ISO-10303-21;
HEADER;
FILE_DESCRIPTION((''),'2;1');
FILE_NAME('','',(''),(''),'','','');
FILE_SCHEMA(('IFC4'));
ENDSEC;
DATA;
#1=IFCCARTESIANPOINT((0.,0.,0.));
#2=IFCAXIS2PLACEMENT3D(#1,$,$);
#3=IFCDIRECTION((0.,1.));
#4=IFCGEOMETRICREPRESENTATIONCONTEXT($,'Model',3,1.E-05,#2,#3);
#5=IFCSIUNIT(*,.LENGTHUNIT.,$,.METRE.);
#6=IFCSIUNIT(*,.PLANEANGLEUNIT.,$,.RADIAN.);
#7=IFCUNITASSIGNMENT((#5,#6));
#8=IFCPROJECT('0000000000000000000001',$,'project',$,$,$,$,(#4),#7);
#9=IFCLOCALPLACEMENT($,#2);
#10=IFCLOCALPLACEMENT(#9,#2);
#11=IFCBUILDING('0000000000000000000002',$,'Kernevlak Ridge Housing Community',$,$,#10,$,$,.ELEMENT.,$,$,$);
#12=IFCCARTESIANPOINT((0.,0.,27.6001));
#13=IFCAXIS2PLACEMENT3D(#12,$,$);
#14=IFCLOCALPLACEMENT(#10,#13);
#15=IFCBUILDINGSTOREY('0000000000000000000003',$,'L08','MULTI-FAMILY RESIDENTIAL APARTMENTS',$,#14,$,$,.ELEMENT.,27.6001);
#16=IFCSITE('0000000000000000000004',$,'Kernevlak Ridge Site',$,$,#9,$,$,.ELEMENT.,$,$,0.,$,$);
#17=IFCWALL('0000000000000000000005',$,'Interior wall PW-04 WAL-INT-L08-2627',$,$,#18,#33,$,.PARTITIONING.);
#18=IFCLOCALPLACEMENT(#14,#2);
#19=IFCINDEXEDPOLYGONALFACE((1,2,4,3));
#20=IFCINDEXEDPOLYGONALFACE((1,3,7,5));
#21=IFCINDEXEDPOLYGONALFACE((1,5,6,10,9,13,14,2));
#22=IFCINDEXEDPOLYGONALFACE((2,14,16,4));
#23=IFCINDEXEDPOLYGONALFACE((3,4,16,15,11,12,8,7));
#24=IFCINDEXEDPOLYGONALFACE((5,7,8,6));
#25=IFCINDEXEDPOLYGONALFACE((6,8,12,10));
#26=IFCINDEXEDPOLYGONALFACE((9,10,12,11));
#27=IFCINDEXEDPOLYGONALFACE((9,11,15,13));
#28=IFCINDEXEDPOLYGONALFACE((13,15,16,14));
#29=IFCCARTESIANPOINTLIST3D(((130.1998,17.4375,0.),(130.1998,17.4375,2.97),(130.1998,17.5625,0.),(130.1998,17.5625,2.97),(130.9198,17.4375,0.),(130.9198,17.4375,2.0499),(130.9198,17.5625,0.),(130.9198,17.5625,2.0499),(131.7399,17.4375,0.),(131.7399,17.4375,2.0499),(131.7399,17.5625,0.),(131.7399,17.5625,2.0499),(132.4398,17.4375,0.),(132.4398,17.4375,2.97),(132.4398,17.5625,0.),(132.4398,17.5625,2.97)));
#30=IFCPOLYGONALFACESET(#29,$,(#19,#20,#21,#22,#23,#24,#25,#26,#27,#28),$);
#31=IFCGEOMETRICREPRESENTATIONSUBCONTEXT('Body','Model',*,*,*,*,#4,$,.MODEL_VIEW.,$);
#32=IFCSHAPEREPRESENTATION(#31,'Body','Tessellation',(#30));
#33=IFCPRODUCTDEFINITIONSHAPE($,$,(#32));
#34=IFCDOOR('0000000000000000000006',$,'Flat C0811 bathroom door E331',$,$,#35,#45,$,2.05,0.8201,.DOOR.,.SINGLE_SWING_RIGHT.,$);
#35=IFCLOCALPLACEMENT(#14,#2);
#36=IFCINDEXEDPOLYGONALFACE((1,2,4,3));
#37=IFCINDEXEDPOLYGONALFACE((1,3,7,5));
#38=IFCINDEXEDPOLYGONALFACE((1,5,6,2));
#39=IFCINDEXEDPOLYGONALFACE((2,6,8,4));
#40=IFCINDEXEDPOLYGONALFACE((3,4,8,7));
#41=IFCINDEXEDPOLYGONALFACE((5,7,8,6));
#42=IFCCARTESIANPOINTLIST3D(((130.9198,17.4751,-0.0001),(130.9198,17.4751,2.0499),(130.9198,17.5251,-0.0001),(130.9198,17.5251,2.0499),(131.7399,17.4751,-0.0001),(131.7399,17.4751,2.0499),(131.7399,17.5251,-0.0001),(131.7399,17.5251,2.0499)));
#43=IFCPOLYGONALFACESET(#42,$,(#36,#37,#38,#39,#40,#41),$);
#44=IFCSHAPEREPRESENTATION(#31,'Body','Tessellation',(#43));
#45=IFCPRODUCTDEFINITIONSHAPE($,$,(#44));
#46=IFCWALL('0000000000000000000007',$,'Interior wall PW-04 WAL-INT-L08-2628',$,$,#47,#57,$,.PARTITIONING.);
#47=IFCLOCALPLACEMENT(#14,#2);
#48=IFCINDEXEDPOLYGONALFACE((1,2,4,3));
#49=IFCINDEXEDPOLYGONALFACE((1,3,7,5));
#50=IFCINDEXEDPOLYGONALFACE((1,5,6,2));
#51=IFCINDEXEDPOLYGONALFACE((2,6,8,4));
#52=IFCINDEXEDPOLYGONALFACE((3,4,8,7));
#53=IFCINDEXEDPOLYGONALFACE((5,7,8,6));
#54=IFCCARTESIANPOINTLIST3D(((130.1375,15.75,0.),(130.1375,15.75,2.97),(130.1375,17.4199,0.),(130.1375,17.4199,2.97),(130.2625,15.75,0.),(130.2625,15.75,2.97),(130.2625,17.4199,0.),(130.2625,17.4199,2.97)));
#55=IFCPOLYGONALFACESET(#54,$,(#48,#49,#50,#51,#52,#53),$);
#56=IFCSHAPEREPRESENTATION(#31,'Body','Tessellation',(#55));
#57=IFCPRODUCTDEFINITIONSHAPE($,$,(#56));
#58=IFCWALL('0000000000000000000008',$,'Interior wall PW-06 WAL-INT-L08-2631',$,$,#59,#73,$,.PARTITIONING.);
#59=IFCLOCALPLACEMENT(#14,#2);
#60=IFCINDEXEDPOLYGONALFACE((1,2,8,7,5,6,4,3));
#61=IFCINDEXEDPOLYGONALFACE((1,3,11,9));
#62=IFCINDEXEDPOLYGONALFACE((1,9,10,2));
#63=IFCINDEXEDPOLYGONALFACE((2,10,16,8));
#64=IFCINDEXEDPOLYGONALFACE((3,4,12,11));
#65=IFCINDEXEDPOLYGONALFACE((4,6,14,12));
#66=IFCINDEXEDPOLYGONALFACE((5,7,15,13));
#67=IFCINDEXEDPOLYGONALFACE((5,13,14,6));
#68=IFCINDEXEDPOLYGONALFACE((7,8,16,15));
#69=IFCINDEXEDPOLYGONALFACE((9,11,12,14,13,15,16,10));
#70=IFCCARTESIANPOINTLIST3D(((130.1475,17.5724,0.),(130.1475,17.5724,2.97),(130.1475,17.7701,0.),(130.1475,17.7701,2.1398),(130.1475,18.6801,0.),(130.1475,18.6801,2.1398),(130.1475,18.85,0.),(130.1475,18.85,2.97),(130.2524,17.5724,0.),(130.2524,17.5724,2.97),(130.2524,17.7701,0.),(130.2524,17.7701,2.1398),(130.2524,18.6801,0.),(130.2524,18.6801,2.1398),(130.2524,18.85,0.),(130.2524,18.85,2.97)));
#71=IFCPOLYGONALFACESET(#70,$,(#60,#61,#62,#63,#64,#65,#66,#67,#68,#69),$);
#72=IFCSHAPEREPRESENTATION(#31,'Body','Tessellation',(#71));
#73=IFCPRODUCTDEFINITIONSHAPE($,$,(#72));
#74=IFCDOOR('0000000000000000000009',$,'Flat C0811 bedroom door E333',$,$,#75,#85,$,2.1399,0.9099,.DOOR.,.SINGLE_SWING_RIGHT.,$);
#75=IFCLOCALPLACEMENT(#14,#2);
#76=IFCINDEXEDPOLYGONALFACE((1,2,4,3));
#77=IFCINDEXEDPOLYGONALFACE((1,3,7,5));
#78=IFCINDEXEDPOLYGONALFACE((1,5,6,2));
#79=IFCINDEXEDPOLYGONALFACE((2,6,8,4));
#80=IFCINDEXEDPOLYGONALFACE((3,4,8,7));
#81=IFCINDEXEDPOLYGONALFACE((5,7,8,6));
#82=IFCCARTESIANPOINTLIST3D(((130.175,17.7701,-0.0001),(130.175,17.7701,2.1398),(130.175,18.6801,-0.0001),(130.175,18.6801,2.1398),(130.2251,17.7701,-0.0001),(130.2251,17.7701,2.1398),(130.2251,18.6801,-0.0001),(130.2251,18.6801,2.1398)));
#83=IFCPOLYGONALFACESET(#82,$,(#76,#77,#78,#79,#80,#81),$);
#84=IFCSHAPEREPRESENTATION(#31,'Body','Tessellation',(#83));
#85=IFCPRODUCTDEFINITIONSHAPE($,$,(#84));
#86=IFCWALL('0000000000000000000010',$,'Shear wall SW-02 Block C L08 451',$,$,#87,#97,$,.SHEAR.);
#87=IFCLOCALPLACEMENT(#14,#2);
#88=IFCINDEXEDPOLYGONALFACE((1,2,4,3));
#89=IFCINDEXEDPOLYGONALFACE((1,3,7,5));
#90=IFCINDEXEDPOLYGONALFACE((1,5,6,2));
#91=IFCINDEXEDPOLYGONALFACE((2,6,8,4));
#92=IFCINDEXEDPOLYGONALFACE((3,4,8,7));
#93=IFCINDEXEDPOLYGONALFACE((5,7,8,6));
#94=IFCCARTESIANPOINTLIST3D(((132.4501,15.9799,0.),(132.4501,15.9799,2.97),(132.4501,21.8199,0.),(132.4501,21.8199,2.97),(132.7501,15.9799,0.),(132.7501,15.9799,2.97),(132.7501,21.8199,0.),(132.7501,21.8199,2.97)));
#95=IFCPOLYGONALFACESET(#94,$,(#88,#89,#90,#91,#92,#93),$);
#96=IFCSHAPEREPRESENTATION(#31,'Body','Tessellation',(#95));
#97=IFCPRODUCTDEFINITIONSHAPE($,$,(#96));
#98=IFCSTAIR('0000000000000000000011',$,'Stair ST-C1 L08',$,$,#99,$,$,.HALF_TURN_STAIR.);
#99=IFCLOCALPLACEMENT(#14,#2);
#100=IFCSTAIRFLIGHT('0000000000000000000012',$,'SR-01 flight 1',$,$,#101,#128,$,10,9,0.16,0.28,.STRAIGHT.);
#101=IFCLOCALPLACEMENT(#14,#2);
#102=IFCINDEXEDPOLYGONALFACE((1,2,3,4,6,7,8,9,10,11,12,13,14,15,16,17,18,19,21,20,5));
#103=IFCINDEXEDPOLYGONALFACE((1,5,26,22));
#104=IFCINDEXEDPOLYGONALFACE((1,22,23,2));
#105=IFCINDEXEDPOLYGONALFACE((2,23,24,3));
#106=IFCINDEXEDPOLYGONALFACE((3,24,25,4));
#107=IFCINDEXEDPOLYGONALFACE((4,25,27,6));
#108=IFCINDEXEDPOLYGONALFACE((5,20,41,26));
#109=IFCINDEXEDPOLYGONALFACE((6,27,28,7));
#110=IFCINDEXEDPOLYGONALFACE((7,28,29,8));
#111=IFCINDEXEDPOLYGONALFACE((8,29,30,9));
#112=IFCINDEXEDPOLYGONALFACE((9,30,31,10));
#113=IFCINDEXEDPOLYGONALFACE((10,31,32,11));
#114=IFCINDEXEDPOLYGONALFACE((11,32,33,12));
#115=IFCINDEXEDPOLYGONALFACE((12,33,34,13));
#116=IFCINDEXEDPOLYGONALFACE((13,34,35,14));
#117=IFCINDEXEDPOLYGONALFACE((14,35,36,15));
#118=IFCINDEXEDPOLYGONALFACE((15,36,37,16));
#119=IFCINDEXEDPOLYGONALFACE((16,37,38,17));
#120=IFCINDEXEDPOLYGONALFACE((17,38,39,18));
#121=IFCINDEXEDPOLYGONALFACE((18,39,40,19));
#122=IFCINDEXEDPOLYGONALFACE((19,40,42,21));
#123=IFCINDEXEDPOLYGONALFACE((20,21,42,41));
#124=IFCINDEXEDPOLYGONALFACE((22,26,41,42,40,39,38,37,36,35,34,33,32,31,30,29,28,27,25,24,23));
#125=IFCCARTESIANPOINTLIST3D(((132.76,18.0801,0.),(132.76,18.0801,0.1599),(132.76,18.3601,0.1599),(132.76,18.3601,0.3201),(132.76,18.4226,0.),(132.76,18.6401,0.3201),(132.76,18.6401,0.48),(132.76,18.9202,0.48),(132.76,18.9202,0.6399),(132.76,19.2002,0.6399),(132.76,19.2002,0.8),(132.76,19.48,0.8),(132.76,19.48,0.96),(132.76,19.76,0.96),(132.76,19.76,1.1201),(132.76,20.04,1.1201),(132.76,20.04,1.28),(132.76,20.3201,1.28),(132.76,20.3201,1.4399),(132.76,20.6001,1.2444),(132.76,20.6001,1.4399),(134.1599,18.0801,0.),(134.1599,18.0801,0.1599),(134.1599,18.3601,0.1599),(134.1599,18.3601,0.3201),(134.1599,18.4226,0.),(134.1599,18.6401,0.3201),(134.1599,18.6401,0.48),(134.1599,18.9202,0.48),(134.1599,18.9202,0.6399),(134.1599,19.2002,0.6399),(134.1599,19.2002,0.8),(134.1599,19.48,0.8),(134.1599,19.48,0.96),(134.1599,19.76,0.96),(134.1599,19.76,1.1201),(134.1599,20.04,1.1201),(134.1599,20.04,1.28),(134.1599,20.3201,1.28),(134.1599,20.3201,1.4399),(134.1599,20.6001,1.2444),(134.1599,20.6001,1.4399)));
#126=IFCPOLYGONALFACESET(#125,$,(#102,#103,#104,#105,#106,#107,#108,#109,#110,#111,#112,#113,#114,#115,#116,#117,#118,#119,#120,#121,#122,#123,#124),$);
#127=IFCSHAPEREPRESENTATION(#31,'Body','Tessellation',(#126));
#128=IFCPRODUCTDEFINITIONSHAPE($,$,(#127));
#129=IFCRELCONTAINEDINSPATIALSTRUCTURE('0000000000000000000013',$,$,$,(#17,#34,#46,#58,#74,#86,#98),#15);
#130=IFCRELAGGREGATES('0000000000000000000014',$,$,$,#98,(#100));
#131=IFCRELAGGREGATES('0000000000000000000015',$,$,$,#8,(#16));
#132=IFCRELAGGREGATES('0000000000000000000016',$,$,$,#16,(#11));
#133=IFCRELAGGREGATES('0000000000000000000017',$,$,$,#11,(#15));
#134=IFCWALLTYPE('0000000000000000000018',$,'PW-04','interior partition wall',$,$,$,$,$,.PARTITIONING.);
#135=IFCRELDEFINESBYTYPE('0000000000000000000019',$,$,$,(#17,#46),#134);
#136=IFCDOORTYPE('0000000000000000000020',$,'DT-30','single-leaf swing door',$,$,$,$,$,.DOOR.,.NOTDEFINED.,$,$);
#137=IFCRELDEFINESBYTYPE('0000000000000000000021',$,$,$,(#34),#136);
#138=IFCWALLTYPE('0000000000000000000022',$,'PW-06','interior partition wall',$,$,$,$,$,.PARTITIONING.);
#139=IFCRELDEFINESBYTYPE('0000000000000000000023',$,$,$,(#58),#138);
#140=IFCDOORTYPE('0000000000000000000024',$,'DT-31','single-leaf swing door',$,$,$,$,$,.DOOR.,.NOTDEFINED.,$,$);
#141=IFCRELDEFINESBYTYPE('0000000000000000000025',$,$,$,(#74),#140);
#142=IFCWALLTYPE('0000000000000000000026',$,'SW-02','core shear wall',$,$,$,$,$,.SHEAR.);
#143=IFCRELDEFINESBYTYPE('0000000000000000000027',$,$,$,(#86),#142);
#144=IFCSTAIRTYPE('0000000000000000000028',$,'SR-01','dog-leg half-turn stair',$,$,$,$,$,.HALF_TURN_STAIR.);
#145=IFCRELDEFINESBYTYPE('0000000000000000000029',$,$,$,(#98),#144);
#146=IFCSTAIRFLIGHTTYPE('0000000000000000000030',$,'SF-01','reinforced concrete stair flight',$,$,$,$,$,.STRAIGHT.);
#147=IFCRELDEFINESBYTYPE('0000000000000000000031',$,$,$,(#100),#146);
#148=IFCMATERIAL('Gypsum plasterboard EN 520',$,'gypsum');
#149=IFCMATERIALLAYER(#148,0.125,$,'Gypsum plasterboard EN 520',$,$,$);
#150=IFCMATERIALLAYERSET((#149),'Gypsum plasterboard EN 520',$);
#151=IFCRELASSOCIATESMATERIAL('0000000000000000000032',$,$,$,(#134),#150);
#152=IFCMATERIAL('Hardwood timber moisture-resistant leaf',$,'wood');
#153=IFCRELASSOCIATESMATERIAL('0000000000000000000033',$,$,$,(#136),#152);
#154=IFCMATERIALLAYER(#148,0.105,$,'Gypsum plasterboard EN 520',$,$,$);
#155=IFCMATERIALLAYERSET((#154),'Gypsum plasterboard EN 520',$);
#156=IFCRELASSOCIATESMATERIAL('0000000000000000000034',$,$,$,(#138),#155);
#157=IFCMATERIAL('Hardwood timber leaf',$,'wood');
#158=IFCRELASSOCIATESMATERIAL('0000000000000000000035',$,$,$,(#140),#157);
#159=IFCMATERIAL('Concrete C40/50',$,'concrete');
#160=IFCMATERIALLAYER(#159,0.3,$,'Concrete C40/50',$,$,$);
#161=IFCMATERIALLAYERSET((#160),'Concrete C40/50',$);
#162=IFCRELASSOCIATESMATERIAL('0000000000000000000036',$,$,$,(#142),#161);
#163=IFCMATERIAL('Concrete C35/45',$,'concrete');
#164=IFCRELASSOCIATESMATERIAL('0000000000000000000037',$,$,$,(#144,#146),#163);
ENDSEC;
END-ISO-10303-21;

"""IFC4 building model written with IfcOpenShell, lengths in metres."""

from ifc_helpers import new_model, si_unit, direction, frame, frame_2d, origin, place, context, subcontext, project, spatial, polyline, rectangle, outline, extrude, material, layer, layer_set, type_object, element, fill, aggregate, save


model = new_model("IFC4")

# Units and contexts
model_context = context("Model", 3, precision=1e-05, world=origin(), true_north=direction((0.0, 1.0)))
body_context = subcontext(model_context, "Body", "Model", "MODEL_VIEW")
ifc_project = project(units=[si_unit("LENGTHUNIT", "METRE"), si_unit("PLANEANGLEUNIT", "RADIAN")], contexts=[model_context])

# Site, building, storey
site_placement = place(None, origin())
site = spatial("IfcSite", under=ifc_project, at=site_placement, Name="Kernevlak Ridge Site", CompositionType="ELEMENT", RefElevation=0.0)
building_placement = place(site_placement, origin())
building = spatial("IfcBuilding", under=site, at=building_placement, Name="Kernevlak Ridge Housing Community", CompositionType="ELEMENT")
storey_placement = place(building_placement, frame((0.0, 0.0, 27.6001)))
storey = spatial("IfcBuildingStorey", under=building, at=storey_placement, Name="L08", Description="MULTI-FAMILY RESIDENTIAL APARTMENTS", CompositionType="ELEMENT", Elevation=27.6001)

# Shared definitions
ifc_material_1 = material(Name="Concrete C35/45", Category="concrete")

# Wall, opening, door
ifc_material_2 = material(Name="Gypsum plasterboard EN 520", Category="gypsum")
ifc_layer_1 = layer(ifc_material_2, 0.125, Name="Gypsum plasterboard EN 520")
ifc_layer_set_1 = layer_set([ifc_layer_1], Name="Gypsum plasterboard EN 520")
wall_type_1 = type_object("IfcWallType", Name="PW-04", Description="interior partition wall", PredefinedType="PARTITIONING", material=ifc_layer_set_1)
wall_1_placement = place(storey_placement, frame((132.4399, 17.5, 0.0), z_axis=(0.0, 0.0, 1.0), x_axis=(-1.0, 0.0, 0.0)))
wall_1 = element("IfcWall", 1, at=wall_1_placement, inside=storey, type_object=wall_type_1, Name="Interior wall PW-04 WAL-INT-L08-2627", PredefinedType="PARTITIONING", context=body_context, shape_type="SweptSolid", body=[
    extrude(rectangle(XDim=2.24, YDim=0.125, at=frame_2d((1.1201, 0.0))), origin(), (0.0, 0.0, 1.0), 2.97),
])
opening_1_placement = place(wall_1_placement, frame((0.7, 0.0, 0.0)))
opening_1 = element("IfcOpeningElement", 2, at=opening_1_placement, cuts=wall_1, PredefinedType="OPENING", context=body_context, shape_type="SweptSolid", body=[
    extrude(rectangle(XDim=0.8201, YDim=2.05, at=frame_2d((0.4102, 1.0249))), frame((0.0, 0.0725, 0.0), z_axis=(0.0, -1.0, 0.0), x_axis=(1.0, 0.0, 0.0)), (0.0, 0.0, 1.0), 0.145),
])
ifc_material_3 = material(Name="Hardwood timber moisture-resistant leaf", Category="wood")
door_type_1 = type_object("IfcDoorType", Name="DT-30", Description="single-leaf swing door", OperationType="NOTDEFINED", PredefinedType="DOOR", material=ifc_material_3)
door_1_placement = place(opening_1_placement, origin())
door_1 = element("IfcDoor", 3, at=door_1_placement, inside=storey, type_object=door_type_1, Name="Flat C0811 bathroom door E331", OperationType="SINGLE_SWING_RIGHT", OverallHeight=2.05, OverallWidth=0.8201, PredefinedType="DOOR", context=body_context, shape_type="SweptSolid", body=[
    extrude(rectangle(XDim=0.8201, YDim=2.05, at=frame_2d((0.4102, 1.0249))), frame((0.0, 0.0249, 0.0), z_axis=(0.0, -1.0, 0.0), x_axis=(1.0, 0.0, 0.0)), (0.0, 0.0, 1.0), 0.05),
])
fill(opening_1, door_1)

# Wall
wall_2_placement = place(storey_placement, frame((130.2, 15.75, 0.0), z_axis=(0.0, 0.0, 1.0), x_axis=(0.0, 1.0, 0.0)))
element("IfcWall", 4, at=wall_2_placement, inside=storey, type_object=wall_type_1, Name="Interior wall PW-04 WAL-INT-L08-2628", PredefinedType="PARTITIONING", context=body_context, shape_type="SweptSolid", body=[
    extrude(rectangle(XDim=1.6699, YDim=0.125, at=frame_2d((0.835, 0.0))), origin(), (0.0, 0.0, 1.0), 2.97),
])

# Wall, opening, door
ifc_layer_2 = layer(ifc_material_2, 0.105, Name="Gypsum plasterboard EN 520")
ifc_layer_set_2 = layer_set([ifc_layer_2], Name="Gypsum plasterboard EN 520")
wall_type_2 = type_object("IfcWallType", Name="PW-06", Description="interior partition wall", PredefinedType="PARTITIONING", material=ifc_layer_set_2)
wall_3_placement = place(storey_placement, frame((130.2, 17.5725, 0.0), z_axis=(0.0, 0.0, 1.0), x_axis=(0.0, 1.0, 0.0)))
wall_3 = element("IfcWall", 5, at=wall_3_placement, inside=storey, type_object=wall_type_2, Name="Interior wall PW-06 WAL-INT-L08-2631", PredefinedType="PARTITIONING", context=body_context, shape_type="SweptSolid", body=[
    extrude(rectangle(XDim=1.2776, YDim=0.105, at=frame_2d((0.6387, 0.0))), origin(), (0.0, 0.0, 1.0), 2.97),
])
opening_2_placement = place(wall_3_placement, frame((0.1975, 0.0, 0.0)))
opening_2 = element("IfcOpeningElement", 6, at=opening_2_placement, cuts=wall_3, PredefinedType="OPENING", context=body_context, shape_type="SweptSolid", body=[
    extrude(rectangle(XDim=0.9099, YDim=2.1399, at=frame_2d((0.4551, 1.0698))), frame((0.0, 0.0625, 0.0), z_axis=(0.0, -1.0, 0.0), x_axis=(1.0, 0.0, 0.0)), (0.0, 0.0, 1.0), 0.125),
])
ifc_material_4 = material(Name="Hardwood timber leaf", Category="wood")
door_type_2 = type_object("IfcDoorType", Name="DT-31", Description="single-leaf swing door", OperationType="NOTDEFINED", PredefinedType="DOOR", material=ifc_material_4)
door_2_placement = place(opening_2_placement, origin())
door_2 = element("IfcDoor", 7, at=door_2_placement, inside=storey, type_object=door_type_2, Name="Flat C0811 bedroom door E333", OperationType="SINGLE_SWING_RIGHT", OverallHeight=2.1399, OverallWidth=0.9099, PredefinedType="DOOR", context=body_context, shape_type="SweptSolid", body=[
    extrude(rectangle(XDim=0.9099, YDim=2.1399, at=frame_2d((0.4551, 1.0698))), frame((0.0, 0.0249, 0.0), z_axis=(0.0, -1.0, 0.0), x_axis=(1.0, 0.0, 0.0)), (0.0, 0.0, 1.0), 0.05),
])
fill(opening_2, door_2)

# Wall
ifc_material_5 = material(Name="Concrete C40/50", Category="concrete")
ifc_layer_3 = layer(ifc_material_5, 0.3, Name="Concrete C40/50")
ifc_layer_set_3 = layer_set([ifc_layer_3], Name="Concrete C40/50")
wall_type_3 = type_object("IfcWallType", Name="SW-02", Description="core shear wall", PredefinedType="SHEAR", material=ifc_layer_set_3)
wall_4_placement = place(storey_placement, frame((132.6001, 15.98, 0.0), z_axis=(0.0, 0.0, 1.0), x_axis=(0.0, 1.0, 0.0)))
element("IfcWall", 8, at=wall_4_placement, inside=storey, type_object=wall_type_3, Name="Shear wall SW-02 Block C L08 451", PredefinedType="SHEAR", context=body_context, shape_type="SweptSolid", body=[
    extrude(rectangle(XDim=5.8401, YDim=0.3, at=frame_2d((2.9199, 0.0))), origin(), (0.0, 0.0, 1.0), 2.97),
])

# Stair, stair flight
stair_type = type_object("IfcStairType", Name="SR-01", Description="dog-leg half-turn stair", PredefinedType="HALF_TURN_STAIR", material=ifc_material_1)
stair_placement = place(storey_placement, origin())
stair = element("IfcStair", 9, at=stair_placement, inside=storey, type_object=stair_type, Name="Stair ST-C1 L08", PredefinedType="HALF_TURN_STAIR")
stair_flight_type = type_object("IfcStairFlightType", Name="SF-01", Description="reinforced concrete stair flight", PredefinedType="STRAIGHT", material=ifc_material_1)
stair_flight_placement = place(storey_placement, frame((133.46, 18.0801, 0.0), z_axis=(0.0, 0.0, 1.0), x_axis=(0.0, 1.0, 0.0)))
stair_flight = element("IfcStairFlight", 10, at=stair_flight_placement, type_object=stair_flight_type, Name="SR-01 flight 1", NumberOfRisers=10, NumberOfTreads=9, PredefinedType="STRAIGHT", RiserHeight=0.16, TreadLength=0.28, context=body_context, shape_type="SweptSolid", body=[
    extrude(outline(polyline([(0.0, 0.0), (0.0, 0.1599), (0.28, 0.1599), (0.28, 0.3201), (0.5601, 0.3201), (0.5601, 0.48), (0.8401, 0.48), (0.8401, 0.6399), (1.1201, 0.6399), (1.1201, 0.8), (1.3999, 0.8), (1.3999, 0.96), (1.6799, 0.96), (1.6799, 1.1201), (1.96, 1.1201), (1.96, 1.28), (2.24, 1.28), (2.24, 1.4399), (2.52, 1.4399), (2.52, 1.6001), (2.52, 1.2444), (0.3425, 0.0), (0.0, 0.0)])), frame((0.0, 0.7, 0.0), z_axis=(0.0, -1.0, 0.0), x_axis=(1.0, 0.0, 0.0)), (0.0, 0.0, 1.0), 1.3999),
])
aggregate(stair, [stair_flight])

save(model, "model.ifc")
